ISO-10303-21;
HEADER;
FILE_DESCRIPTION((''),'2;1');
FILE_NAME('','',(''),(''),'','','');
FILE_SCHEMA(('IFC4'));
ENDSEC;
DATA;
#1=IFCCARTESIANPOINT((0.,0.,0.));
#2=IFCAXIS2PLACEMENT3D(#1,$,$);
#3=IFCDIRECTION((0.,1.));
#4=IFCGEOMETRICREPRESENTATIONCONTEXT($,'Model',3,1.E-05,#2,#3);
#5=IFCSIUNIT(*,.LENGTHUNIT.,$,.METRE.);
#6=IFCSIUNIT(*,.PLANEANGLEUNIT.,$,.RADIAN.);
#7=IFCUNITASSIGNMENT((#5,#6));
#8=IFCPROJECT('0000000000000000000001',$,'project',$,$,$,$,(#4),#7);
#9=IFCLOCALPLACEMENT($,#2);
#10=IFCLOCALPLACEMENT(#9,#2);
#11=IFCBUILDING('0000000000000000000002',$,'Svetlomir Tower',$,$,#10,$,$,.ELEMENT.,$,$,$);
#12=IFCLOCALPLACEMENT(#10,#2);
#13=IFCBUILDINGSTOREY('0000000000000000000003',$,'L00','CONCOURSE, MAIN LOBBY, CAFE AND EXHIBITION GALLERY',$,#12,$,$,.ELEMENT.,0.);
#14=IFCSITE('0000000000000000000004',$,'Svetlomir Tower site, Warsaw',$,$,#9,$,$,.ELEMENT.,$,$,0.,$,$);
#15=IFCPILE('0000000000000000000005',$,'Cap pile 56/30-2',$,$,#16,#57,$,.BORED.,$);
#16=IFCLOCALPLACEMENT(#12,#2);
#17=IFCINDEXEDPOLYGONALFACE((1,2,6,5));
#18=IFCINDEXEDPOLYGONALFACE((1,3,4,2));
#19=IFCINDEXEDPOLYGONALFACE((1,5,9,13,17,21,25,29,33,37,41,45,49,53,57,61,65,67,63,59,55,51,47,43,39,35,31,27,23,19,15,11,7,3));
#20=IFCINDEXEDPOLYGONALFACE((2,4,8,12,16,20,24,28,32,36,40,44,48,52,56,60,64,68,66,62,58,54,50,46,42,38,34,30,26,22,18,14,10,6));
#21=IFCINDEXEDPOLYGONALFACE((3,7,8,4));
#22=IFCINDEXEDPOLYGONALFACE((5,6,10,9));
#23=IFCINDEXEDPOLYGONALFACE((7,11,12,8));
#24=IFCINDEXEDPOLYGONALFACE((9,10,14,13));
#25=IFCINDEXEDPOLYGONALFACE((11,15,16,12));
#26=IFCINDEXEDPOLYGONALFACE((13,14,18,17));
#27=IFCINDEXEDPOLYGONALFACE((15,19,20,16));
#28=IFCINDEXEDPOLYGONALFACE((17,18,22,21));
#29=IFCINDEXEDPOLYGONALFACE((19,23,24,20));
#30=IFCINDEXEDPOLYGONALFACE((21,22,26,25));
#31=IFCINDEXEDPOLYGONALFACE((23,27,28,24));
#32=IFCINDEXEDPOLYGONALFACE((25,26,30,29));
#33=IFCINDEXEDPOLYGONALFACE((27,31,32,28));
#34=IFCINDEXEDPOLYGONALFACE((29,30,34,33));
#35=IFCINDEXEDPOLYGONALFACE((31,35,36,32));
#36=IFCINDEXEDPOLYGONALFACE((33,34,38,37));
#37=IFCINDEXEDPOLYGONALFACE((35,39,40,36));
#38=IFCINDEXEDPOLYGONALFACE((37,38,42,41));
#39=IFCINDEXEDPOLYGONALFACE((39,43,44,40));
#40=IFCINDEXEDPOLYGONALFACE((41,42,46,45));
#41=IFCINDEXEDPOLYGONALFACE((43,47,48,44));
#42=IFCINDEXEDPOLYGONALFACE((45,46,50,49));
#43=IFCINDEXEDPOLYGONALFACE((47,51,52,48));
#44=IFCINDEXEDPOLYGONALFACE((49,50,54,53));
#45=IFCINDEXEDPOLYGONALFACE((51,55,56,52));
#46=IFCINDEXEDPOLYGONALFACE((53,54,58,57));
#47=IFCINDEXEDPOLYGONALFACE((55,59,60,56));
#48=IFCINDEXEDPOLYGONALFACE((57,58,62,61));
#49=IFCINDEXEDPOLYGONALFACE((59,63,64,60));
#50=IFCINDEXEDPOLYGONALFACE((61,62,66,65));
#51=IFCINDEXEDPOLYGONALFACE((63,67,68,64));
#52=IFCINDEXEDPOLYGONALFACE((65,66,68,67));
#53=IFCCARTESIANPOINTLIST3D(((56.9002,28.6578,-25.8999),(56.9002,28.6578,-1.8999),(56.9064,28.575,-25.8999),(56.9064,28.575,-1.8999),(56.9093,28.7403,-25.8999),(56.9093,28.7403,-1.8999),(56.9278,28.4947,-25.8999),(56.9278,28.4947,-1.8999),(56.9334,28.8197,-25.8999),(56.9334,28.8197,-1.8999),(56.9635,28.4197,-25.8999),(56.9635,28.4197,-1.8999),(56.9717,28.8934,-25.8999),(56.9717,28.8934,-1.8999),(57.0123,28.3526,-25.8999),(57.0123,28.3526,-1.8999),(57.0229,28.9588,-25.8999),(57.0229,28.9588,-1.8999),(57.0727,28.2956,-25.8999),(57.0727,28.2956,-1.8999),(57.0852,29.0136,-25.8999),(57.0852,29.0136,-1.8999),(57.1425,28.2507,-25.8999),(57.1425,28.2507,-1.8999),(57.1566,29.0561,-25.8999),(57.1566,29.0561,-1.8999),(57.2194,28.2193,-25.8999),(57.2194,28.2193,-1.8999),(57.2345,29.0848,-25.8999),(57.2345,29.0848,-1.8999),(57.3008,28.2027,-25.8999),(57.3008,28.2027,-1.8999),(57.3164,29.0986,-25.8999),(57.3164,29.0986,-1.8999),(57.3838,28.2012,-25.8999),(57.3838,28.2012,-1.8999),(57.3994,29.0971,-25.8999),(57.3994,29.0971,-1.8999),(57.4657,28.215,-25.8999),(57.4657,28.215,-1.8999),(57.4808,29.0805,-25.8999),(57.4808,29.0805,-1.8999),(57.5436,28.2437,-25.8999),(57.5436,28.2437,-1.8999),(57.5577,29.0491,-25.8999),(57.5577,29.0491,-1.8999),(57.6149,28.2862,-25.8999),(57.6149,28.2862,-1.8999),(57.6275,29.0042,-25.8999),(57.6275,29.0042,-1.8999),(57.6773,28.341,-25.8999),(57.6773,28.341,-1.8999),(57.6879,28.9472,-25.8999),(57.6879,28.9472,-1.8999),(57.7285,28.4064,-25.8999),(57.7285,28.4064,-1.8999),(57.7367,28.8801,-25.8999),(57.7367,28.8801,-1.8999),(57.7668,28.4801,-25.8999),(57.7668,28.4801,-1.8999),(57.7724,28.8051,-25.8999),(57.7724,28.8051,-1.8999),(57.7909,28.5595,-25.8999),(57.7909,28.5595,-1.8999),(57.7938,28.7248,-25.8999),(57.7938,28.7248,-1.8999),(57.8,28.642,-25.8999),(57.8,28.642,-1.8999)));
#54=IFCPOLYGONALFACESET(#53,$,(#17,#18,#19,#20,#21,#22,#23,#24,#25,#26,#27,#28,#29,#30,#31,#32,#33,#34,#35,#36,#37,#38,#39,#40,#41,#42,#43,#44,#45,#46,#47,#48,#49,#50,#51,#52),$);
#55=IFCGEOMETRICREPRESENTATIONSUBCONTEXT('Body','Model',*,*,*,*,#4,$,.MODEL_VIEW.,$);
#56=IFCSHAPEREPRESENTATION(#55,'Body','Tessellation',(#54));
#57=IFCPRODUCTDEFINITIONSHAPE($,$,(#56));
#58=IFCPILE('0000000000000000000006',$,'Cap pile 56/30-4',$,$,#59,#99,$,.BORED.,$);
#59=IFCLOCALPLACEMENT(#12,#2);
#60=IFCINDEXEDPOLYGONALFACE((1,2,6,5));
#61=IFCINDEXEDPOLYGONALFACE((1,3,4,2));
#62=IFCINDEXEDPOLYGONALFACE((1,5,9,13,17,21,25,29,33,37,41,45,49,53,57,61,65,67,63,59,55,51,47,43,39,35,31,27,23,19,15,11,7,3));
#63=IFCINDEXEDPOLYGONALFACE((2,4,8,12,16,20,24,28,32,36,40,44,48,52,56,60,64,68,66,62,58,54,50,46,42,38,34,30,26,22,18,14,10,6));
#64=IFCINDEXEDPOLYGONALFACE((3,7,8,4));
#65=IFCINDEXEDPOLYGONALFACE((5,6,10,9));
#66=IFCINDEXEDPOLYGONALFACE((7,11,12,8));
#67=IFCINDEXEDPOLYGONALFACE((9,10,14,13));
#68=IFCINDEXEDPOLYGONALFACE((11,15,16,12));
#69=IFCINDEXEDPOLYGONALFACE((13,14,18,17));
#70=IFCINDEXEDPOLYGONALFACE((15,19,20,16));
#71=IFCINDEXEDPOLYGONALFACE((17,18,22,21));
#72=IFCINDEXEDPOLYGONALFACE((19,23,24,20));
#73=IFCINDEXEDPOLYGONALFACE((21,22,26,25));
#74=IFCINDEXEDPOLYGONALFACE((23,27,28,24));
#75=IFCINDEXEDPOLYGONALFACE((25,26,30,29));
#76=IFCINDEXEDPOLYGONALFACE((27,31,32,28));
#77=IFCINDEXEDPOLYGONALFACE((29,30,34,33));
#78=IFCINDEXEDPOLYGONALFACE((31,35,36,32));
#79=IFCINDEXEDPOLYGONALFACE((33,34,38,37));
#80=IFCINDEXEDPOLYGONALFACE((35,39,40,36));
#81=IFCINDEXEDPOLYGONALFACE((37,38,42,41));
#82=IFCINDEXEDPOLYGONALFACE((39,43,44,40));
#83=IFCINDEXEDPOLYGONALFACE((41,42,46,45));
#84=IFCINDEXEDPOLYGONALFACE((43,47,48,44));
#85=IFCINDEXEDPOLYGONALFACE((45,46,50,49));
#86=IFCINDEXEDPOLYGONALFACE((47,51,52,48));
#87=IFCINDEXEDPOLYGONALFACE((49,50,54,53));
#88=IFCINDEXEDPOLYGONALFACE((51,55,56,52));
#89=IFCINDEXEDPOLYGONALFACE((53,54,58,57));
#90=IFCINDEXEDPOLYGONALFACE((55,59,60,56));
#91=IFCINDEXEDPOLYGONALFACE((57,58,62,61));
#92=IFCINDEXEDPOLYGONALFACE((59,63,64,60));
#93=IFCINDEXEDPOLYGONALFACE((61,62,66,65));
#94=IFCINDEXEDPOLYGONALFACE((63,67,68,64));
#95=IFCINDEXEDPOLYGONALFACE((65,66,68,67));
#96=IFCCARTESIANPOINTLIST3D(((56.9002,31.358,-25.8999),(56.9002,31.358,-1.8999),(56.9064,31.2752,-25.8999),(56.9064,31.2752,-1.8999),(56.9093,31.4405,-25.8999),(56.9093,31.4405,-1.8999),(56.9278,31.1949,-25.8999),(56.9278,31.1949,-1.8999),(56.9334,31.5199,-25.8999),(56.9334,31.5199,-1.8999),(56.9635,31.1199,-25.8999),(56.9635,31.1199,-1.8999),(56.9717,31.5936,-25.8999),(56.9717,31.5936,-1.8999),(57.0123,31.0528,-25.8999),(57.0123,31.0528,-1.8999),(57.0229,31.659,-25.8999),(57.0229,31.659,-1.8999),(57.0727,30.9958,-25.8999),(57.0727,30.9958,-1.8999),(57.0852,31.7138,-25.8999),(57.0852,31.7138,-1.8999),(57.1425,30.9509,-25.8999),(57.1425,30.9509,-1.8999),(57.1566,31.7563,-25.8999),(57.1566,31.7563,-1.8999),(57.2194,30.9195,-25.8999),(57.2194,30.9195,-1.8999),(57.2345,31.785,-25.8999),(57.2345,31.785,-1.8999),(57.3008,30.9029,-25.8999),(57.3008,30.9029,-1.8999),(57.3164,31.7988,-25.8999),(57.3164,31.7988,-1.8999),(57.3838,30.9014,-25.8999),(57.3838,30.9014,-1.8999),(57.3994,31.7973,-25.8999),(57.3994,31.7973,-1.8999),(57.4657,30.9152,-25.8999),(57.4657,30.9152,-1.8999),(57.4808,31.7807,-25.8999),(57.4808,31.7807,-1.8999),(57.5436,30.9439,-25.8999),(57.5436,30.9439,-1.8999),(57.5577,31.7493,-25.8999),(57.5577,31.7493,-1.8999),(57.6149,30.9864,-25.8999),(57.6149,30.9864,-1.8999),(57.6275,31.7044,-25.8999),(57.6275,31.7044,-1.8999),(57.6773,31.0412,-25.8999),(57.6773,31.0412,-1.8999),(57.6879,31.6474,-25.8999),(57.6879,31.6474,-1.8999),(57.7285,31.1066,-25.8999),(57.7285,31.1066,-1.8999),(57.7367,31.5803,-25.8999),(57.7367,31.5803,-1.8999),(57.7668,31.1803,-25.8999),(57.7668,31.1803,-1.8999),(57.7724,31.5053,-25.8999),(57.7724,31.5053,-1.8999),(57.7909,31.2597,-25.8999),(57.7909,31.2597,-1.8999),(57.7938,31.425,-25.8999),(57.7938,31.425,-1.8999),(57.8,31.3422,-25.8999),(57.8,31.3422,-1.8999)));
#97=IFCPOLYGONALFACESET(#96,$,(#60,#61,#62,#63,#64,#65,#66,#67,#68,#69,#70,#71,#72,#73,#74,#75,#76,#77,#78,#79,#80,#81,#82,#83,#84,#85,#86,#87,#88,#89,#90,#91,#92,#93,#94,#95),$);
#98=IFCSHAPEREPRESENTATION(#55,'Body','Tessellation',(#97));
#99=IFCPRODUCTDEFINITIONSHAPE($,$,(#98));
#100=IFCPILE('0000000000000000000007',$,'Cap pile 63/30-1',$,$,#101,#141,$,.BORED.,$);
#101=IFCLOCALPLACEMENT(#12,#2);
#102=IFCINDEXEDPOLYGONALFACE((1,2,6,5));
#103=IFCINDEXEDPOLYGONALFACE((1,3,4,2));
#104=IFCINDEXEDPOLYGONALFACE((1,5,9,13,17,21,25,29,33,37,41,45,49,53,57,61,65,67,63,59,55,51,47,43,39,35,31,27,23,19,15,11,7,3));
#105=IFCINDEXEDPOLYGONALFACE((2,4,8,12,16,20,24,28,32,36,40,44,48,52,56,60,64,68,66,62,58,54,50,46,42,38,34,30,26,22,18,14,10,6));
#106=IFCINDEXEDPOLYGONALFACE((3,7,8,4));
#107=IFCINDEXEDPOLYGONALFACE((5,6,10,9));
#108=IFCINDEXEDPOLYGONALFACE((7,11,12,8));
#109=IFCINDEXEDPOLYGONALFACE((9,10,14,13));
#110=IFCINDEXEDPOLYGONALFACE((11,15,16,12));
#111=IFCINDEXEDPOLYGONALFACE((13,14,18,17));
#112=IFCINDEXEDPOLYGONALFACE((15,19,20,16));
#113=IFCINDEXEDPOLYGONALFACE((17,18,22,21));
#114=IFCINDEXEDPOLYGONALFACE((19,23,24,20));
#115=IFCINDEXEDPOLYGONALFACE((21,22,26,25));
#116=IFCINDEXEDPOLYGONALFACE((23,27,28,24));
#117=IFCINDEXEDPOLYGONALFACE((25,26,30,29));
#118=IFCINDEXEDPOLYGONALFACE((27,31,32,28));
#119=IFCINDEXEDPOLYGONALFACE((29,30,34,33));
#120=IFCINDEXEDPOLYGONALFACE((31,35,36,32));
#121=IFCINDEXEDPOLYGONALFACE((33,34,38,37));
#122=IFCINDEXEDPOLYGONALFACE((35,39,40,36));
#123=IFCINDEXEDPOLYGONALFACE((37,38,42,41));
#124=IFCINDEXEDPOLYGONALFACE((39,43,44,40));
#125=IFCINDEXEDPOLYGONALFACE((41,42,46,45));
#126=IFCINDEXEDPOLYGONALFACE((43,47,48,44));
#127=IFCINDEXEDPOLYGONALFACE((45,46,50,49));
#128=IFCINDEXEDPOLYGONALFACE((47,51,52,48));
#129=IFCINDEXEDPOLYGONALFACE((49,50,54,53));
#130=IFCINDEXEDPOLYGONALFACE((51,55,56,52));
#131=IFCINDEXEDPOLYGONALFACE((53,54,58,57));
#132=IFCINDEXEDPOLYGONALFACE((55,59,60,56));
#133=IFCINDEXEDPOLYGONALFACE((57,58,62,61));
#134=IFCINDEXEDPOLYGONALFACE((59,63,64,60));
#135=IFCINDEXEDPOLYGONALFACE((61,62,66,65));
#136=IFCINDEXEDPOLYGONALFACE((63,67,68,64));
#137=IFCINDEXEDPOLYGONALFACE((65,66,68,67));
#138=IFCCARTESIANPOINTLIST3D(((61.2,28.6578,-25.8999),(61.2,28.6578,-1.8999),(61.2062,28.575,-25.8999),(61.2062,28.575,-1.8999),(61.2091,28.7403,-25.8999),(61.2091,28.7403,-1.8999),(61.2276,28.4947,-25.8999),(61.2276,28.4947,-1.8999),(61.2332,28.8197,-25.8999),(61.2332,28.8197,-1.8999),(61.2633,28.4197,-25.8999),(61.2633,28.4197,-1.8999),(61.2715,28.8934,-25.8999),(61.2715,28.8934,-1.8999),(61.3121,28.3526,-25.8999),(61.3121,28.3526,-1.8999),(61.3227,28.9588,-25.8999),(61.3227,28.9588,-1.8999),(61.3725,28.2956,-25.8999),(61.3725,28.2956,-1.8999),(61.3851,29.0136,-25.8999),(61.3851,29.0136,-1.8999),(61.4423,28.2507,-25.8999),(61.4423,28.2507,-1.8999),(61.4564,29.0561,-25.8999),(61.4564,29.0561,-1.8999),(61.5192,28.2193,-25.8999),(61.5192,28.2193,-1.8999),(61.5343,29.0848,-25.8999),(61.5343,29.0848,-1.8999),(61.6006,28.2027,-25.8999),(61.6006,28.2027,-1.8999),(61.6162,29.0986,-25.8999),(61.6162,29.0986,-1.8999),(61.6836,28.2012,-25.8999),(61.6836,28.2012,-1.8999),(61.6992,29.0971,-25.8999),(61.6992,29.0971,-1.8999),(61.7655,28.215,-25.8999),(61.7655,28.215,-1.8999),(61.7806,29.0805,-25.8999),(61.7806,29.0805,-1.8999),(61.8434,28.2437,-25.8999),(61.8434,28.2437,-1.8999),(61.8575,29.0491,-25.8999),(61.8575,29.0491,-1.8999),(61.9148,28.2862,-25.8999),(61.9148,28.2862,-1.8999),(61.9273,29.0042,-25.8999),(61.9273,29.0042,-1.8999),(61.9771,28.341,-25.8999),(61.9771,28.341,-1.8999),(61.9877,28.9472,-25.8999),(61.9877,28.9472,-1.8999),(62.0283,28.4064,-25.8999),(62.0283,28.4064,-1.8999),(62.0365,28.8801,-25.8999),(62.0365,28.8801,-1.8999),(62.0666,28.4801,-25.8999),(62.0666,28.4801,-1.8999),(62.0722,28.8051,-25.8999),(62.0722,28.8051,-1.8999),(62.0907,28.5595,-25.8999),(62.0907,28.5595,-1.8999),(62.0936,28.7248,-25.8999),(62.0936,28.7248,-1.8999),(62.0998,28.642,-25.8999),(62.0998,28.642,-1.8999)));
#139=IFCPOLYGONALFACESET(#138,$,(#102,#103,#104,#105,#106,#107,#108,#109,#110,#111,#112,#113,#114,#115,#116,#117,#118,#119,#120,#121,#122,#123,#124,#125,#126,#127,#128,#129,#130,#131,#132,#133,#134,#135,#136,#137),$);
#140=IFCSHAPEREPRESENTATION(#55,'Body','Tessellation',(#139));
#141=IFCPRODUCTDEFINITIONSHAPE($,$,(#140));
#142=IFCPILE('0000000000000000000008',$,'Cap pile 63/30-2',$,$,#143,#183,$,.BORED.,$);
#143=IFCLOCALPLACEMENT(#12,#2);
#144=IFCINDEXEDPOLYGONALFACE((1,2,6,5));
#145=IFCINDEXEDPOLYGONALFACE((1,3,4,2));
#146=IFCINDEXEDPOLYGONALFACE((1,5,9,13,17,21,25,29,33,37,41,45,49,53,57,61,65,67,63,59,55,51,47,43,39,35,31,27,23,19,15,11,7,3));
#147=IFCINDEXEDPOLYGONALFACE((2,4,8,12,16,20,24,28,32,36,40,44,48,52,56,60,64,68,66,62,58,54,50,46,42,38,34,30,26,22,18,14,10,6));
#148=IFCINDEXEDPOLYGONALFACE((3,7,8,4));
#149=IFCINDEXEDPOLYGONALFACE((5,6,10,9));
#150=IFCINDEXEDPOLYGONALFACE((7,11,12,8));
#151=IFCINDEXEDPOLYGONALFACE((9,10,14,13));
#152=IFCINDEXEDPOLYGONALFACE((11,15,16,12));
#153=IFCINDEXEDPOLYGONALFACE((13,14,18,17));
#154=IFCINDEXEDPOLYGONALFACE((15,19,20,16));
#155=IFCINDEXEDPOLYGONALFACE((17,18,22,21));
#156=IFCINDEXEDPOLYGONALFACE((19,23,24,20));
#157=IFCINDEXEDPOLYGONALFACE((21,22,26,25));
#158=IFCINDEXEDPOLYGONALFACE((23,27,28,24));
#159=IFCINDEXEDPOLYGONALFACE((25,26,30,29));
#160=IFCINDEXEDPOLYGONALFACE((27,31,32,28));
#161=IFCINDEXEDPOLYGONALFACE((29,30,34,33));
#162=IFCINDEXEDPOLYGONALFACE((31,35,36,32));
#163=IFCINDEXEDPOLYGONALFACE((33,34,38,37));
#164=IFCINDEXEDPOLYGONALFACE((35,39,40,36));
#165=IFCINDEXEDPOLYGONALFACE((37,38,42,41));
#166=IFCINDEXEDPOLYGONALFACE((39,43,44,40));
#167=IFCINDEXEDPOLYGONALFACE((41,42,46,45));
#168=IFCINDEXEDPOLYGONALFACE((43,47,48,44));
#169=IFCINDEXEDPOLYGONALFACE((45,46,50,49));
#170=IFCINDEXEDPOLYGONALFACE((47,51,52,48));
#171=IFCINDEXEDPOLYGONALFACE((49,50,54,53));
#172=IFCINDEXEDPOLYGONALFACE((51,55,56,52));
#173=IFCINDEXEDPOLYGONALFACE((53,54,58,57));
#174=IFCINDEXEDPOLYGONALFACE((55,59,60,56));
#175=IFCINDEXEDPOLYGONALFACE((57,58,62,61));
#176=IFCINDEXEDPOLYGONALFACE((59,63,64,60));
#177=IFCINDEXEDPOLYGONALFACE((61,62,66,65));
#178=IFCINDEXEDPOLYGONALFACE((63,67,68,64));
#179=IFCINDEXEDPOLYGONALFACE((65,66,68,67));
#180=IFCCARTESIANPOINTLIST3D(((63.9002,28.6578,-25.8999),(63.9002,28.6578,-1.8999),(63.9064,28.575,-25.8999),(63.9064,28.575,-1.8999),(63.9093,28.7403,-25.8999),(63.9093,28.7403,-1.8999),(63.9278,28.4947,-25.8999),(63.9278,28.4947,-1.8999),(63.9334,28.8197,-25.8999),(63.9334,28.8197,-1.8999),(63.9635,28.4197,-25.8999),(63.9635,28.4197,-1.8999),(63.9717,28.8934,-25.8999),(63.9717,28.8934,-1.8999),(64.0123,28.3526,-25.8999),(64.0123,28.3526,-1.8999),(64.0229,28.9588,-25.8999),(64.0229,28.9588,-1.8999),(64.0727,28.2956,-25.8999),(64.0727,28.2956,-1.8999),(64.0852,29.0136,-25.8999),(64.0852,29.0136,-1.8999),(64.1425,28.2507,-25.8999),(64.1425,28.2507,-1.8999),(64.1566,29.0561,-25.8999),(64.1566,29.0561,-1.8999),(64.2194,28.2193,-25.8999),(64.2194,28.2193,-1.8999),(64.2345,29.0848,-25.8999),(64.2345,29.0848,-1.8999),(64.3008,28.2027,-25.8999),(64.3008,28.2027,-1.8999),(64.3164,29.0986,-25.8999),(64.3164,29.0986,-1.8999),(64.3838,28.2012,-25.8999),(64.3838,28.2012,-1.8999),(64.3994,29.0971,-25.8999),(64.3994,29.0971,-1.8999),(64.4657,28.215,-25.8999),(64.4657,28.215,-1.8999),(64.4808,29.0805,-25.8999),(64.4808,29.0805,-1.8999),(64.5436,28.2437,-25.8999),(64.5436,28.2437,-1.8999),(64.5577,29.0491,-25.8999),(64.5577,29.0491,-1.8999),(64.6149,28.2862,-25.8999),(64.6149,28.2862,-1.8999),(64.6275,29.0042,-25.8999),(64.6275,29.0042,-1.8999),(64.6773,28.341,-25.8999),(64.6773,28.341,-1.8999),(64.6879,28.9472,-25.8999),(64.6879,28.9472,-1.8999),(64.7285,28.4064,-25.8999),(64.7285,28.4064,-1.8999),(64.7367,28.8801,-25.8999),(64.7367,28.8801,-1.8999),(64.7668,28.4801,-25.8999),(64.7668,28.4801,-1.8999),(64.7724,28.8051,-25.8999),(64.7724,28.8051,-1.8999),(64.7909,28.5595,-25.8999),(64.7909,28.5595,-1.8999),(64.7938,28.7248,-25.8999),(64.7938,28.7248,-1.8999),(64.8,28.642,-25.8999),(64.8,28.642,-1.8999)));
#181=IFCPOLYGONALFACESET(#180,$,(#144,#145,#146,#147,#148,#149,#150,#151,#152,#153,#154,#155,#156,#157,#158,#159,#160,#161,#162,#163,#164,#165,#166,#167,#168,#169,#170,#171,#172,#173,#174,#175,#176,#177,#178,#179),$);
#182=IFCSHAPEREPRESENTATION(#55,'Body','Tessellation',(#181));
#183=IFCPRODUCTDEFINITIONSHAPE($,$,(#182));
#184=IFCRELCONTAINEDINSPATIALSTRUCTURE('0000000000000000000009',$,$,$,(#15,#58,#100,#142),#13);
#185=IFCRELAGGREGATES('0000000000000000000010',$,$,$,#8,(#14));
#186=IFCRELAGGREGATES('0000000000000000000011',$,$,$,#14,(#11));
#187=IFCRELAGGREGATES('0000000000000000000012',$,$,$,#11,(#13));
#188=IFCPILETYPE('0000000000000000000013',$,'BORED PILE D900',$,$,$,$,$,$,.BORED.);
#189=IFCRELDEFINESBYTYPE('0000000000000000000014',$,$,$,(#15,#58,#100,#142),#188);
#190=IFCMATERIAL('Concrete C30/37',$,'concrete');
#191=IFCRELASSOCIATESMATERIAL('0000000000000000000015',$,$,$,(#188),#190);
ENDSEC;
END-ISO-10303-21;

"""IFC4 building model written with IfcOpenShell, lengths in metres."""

from ifc_helpers import new_model, si_unit, direction, frame, frame_2d, origin, origin_2d, place, context, subcontext, project, spatial, circle, extrude, material, material_profile, profile_set, type_object, element, save


model = new_model("IFC4")

# Units and contexts
model_context = context("Model", 3, precision=1e-05, world=origin(), true_north=direction((0.0, 1.0)))
body_context = subcontext(model_context, "Body", "Model", "MODEL_VIEW")
ifc_project = project(units=[si_unit("LENGTHUNIT", "METRE"), si_unit("PLANEANGLEUNIT", "RADIAN")], contexts=[model_context])

# Site, building, storey
site_placement = place(None, origin())
site = spatial("IfcSite", under=ifc_project, at=site_placement, Name="Svetlomir Tower site, Warsaw", CompositionType="ELEMENT", RefElevation=0.0)
building_placement = place(site_placement, origin())
building = spatial("IfcBuilding", under=site, at=building_placement, Name="Svetlomir Tower", CompositionType="ELEMENT")
storey_placement = place(building_placement, origin())
storey = spatial("IfcBuildingStorey", under=building, at=storey_placement, Name="L00", Description="CONCOURSE, MAIN LOBBY, CAFE AND EXHIBITION GALLERY", CompositionType="ELEMENT", Elevation=0.0)

# Piles
ifc_material_1 = material(Name="Concrete C30/37", Category="concrete")
ifc_material_profile_1 = material_profile(ifc_material_1, circle(Radius=0.45, at=origin_2d()), Name="RC D900")
ifc_profile_set_1 = profile_set([ifc_material_profile_1], Name="Concrete C30/37")
pile_type = type_object("IfcPileType", Name="BORED PILE D900", PredefinedType="BORED", material=ifc_profile_set_1)
for number, where, z_axis, x_axis, name in (
    (1, (57.3501, 28.6499, -1.8999), (0.0, 0.0, -1.0), (1.0, 0.0, 0.0), "Cap pile 56/30-2"),
    (2, (57.3501, 31.3501, -1.8999), (0.0, 0.0, -1.0), (1.0, 0.0, 0.0), "Cap pile 56/30-4"),
    (3, (61.6499, 28.6499, -1.8999), (0.0, 0.0, -1.0), (1.0, 0.0, 0.0), "Cap pile 63/30-1"),
    (4, (64.3501, 28.6499, -1.8999), (0.0, 0.0, -1.0), (1.0, 0.0, 0.0), "Cap pile 63/30-2"),
):
    element("IfcPile", number, at=place(storey_placement, frame(where, z_axis=z_axis, x_axis=x_axis)), inside=storey, type_object=pile_type, Name=name, PredefinedType="BORED", context=body_context, shape_type="SweptSolid", body=[
        extrude(circle(Radius=0.45, at=frame_2d((0.0, 0.0), x_axis=(0.999848, 0.017452))), origin(), (0.0, 0.0, 1.0), 24.0),
    ])

save(model, "model.ifc")
